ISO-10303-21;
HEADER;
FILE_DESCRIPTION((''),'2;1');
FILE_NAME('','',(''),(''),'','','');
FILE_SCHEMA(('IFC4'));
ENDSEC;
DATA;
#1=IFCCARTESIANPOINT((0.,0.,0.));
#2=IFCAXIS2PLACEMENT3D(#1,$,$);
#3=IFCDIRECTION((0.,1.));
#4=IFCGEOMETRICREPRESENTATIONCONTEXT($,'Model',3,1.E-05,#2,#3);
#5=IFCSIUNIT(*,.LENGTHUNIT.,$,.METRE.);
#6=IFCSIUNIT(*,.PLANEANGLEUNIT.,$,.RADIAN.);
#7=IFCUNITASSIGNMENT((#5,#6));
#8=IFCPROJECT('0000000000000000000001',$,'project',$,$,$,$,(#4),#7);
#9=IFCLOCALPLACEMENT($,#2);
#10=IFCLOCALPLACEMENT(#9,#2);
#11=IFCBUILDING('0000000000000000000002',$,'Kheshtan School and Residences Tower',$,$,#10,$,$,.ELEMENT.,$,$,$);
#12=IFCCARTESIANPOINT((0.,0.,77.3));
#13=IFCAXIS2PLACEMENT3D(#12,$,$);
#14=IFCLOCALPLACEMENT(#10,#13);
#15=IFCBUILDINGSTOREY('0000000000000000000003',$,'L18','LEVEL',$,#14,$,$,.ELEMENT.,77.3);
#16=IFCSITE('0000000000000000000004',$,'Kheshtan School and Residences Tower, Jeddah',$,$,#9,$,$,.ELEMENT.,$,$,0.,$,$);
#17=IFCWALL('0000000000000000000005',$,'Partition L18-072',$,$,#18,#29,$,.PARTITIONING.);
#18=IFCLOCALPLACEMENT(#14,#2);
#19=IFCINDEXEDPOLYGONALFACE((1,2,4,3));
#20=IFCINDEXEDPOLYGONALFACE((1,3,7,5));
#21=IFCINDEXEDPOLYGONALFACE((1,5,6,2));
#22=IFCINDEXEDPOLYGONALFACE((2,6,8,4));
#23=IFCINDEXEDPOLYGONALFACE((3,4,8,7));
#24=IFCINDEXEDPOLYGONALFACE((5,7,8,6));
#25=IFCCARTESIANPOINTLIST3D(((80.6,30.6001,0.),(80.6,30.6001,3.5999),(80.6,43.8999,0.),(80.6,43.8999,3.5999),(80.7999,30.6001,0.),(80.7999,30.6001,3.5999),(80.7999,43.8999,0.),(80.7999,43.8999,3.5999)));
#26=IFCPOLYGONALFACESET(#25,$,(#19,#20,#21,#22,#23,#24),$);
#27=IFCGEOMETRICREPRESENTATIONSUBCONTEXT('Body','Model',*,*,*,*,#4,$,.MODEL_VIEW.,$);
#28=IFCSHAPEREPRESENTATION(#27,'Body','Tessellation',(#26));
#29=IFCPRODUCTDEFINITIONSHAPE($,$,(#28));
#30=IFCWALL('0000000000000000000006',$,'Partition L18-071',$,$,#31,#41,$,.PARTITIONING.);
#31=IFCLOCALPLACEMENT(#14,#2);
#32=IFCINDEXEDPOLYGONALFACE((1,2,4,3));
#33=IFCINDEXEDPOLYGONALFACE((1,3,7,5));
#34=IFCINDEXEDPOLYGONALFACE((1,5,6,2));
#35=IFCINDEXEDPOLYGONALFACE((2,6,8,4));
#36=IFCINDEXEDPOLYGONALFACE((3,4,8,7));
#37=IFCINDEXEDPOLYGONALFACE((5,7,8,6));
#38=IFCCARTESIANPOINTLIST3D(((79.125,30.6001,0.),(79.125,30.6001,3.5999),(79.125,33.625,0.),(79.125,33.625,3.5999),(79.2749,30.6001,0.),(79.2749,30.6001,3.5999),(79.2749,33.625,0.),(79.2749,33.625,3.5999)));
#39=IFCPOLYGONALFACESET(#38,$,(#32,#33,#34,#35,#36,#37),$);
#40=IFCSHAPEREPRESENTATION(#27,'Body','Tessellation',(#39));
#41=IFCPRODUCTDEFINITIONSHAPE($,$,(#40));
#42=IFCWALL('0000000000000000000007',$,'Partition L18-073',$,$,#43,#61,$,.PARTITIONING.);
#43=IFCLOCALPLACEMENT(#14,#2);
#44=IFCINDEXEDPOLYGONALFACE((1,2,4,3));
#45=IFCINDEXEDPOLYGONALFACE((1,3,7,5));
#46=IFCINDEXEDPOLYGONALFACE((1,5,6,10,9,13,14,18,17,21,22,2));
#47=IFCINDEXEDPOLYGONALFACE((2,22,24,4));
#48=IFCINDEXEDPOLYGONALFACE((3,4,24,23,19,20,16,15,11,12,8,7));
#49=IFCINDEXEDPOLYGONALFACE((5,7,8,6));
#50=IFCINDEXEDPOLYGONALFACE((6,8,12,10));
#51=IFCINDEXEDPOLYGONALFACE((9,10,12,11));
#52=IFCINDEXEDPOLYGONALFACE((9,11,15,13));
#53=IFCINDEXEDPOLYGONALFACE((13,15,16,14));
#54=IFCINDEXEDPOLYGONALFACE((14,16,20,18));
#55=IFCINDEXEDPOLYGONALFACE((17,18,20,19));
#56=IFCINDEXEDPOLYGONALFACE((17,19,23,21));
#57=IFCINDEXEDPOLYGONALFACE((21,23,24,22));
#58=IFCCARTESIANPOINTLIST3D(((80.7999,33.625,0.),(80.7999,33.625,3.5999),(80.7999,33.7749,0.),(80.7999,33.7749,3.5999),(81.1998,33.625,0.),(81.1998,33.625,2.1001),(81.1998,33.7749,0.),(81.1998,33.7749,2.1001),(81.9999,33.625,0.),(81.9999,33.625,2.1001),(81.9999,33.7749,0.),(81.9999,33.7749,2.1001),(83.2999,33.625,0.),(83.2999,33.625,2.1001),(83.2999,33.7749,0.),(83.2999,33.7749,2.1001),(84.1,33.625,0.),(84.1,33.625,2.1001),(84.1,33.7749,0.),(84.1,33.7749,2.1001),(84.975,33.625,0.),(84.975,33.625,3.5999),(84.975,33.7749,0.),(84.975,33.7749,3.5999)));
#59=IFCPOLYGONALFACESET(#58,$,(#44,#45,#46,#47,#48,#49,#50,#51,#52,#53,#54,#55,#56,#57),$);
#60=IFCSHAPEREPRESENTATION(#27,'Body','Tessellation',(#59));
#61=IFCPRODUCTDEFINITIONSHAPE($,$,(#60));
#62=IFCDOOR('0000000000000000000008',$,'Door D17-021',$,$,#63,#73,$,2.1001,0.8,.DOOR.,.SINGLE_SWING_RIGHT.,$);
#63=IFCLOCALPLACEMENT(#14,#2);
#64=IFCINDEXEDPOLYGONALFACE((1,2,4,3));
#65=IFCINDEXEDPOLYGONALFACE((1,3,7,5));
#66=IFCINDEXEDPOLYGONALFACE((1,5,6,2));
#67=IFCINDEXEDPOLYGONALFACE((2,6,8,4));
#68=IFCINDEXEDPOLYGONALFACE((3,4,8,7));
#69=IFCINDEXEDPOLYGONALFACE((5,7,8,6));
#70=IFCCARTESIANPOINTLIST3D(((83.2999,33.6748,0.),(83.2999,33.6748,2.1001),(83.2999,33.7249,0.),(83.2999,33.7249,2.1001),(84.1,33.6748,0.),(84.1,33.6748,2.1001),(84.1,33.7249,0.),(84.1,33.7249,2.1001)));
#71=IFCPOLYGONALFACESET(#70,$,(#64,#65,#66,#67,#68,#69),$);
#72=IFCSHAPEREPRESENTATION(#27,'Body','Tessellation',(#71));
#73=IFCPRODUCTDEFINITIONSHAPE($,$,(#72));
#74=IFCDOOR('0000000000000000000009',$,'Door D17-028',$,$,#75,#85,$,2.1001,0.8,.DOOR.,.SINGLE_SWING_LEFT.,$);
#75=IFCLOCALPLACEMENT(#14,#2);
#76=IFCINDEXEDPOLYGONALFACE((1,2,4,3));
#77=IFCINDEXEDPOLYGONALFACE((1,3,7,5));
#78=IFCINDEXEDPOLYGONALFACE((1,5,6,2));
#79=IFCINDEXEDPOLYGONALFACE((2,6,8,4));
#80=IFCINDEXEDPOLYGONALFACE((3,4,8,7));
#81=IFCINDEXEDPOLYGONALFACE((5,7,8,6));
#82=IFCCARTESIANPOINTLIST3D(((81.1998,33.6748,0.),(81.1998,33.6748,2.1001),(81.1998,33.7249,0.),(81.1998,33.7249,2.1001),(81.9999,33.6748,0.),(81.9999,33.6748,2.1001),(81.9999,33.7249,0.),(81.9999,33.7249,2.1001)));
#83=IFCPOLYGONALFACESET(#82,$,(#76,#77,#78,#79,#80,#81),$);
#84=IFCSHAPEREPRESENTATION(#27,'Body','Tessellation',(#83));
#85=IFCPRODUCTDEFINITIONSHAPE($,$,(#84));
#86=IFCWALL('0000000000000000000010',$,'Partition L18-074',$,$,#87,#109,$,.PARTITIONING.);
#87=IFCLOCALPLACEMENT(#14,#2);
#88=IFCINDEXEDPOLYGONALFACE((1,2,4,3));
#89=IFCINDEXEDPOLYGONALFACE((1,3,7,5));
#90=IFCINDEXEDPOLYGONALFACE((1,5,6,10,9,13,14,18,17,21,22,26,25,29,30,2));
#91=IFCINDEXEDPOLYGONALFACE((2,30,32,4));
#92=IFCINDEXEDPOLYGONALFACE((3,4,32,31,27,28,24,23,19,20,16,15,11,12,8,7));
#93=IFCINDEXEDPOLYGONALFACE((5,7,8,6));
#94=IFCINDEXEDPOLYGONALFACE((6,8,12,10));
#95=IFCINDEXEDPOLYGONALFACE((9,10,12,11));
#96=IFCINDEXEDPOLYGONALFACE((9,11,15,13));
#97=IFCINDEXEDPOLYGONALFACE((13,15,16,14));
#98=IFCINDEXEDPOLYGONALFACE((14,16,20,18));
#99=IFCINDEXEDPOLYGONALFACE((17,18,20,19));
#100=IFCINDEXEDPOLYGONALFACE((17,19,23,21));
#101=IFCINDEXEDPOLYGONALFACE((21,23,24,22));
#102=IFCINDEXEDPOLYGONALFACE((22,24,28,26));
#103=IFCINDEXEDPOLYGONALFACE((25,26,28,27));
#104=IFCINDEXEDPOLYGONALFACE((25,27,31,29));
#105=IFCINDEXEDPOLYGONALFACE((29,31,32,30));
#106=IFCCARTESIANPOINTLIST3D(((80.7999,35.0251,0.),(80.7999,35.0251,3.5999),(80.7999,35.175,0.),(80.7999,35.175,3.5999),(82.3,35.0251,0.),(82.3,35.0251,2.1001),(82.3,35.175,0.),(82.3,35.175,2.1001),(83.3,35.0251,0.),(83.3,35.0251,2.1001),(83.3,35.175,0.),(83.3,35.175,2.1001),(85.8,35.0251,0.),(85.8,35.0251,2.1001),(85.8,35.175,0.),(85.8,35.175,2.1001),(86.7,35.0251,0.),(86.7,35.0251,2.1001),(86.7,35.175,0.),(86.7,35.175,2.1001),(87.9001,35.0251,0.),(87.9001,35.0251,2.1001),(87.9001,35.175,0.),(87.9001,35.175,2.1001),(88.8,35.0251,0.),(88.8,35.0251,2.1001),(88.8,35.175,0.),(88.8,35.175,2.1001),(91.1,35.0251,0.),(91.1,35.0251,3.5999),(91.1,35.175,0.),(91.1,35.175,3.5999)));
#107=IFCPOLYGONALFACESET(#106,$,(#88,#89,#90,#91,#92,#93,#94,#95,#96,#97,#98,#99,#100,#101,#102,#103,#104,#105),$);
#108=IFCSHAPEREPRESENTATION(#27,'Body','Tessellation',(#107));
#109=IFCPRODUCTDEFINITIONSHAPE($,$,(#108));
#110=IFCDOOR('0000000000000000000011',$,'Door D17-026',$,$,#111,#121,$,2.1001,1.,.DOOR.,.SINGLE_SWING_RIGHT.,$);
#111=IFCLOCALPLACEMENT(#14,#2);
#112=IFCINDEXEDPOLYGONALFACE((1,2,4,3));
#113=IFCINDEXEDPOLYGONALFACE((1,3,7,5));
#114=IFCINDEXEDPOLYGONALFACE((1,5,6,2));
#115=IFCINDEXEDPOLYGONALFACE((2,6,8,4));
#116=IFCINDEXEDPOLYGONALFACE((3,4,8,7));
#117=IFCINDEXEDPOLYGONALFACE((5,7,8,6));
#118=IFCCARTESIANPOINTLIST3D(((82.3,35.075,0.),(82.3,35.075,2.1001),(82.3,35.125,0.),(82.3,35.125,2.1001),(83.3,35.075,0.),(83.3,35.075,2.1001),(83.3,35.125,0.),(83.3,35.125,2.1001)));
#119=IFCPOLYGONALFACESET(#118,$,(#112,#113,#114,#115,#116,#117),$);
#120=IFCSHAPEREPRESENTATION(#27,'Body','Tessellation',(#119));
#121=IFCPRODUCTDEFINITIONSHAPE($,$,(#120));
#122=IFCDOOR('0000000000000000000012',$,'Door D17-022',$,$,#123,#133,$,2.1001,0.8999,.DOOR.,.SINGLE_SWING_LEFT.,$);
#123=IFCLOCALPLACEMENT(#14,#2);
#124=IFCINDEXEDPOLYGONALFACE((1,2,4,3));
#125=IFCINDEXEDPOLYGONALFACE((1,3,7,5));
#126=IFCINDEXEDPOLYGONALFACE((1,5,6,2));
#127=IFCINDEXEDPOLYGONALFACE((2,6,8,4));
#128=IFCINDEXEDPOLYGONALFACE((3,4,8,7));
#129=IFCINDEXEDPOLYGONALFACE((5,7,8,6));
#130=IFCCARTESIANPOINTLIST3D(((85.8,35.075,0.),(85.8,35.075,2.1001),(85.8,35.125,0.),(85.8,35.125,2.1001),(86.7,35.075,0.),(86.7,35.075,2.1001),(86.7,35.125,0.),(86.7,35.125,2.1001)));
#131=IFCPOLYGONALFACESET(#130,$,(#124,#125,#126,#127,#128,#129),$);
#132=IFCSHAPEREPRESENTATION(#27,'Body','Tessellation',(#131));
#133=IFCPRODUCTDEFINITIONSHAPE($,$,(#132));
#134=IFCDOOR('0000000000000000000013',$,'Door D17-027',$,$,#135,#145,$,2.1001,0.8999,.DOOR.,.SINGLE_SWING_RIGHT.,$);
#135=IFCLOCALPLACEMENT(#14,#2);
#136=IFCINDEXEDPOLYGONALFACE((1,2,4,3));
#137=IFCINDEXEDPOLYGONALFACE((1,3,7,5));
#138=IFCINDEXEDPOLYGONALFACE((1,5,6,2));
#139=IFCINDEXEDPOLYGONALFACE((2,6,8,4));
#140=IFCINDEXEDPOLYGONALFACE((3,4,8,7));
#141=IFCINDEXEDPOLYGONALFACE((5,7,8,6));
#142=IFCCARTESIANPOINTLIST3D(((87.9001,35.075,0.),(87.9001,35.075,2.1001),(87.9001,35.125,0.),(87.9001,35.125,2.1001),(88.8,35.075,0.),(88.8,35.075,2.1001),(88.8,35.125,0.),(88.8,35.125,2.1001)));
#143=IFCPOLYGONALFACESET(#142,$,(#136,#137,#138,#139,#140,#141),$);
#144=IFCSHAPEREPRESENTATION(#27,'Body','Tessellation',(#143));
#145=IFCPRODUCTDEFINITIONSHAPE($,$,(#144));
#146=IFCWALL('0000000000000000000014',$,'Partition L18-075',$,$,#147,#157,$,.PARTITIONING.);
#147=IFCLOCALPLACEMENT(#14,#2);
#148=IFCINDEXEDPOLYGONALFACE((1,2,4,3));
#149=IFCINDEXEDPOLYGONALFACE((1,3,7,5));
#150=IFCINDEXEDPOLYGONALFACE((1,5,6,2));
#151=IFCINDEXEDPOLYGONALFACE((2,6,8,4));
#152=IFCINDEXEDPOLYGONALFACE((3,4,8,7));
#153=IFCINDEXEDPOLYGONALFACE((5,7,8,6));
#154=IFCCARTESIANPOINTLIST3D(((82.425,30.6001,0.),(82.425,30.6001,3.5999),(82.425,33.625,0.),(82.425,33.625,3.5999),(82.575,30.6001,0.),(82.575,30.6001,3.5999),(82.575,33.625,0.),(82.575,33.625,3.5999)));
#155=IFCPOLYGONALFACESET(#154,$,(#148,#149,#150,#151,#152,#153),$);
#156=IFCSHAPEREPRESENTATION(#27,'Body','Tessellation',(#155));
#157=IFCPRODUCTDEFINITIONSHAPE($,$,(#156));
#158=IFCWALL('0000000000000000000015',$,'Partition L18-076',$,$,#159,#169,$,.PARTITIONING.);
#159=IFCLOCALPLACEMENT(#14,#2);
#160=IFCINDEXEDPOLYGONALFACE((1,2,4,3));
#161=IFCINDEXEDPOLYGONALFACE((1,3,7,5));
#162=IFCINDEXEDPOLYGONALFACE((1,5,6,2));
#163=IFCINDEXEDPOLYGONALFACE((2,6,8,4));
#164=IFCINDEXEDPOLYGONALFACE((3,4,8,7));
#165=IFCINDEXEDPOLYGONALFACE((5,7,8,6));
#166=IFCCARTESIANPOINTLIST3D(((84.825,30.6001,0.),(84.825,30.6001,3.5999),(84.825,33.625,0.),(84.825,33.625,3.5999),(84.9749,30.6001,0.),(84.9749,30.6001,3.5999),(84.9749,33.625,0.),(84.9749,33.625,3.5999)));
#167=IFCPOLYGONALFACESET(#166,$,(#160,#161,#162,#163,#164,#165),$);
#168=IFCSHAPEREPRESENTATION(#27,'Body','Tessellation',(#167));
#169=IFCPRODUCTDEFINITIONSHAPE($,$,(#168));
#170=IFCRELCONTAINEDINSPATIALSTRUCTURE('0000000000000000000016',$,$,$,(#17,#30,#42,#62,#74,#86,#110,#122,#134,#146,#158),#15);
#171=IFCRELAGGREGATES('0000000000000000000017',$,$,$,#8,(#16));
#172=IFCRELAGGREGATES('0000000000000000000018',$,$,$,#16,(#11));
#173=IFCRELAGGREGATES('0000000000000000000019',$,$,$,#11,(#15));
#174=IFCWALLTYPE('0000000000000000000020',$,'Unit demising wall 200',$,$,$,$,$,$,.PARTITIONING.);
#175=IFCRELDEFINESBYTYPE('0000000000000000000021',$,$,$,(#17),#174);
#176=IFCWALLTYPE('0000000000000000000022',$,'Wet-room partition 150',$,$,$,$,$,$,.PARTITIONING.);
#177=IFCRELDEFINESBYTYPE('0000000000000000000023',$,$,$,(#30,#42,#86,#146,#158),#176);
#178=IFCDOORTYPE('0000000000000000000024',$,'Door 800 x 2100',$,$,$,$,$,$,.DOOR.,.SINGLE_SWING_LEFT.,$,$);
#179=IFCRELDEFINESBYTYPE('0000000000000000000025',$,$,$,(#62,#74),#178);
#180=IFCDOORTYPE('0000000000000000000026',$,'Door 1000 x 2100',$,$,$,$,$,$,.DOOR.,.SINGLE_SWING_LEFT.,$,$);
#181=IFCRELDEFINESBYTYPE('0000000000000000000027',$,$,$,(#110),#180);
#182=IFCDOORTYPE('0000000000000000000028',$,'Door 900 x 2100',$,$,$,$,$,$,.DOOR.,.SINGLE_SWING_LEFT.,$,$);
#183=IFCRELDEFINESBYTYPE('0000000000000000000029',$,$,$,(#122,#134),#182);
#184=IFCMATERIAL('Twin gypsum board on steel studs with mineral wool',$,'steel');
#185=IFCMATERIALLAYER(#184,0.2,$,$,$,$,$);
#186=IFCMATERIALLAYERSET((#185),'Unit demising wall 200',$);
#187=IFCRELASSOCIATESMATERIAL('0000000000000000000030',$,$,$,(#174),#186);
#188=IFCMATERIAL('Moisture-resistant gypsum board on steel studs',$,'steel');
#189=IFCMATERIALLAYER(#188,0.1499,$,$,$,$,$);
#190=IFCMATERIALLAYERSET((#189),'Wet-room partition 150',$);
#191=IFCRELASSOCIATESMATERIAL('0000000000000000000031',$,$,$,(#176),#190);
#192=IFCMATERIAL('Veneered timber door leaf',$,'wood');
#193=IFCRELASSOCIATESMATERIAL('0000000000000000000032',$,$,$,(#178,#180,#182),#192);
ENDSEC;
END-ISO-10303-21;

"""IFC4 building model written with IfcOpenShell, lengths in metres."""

from ifc_helpers import new_model, si_unit, direction, frame, frame_2d, origin, place, context, subcontext, project, spatial, rectangle, extrude, source, transform, mapped, material, layer, layer_set, type_object, element, fill, save


model = new_model("IFC4")

# Units and contexts
model_context = context("Model", 3, precision=1e-05, world=origin(), true_north=direction((0.0, 1.0)))
body_context = subcontext(model_context, "Body", "Model", "MODEL_VIEW")
ifc_project = project(units=[si_unit("LENGTHUNIT", "METRE"), si_unit("PLANEANGLEUNIT", "RADIAN")], contexts=[model_context])

# Site, building, storey
site_placement = place(None, origin())
site = spatial("IfcSite", under=ifc_project, at=site_placement, Name="Kheshtan School and Residences Tower, Jeddah", CompositionType="ELEMENT", RefElevation=0.0)
building_placement = place(site_placement, origin())
building = spatial("IfcBuilding", under=site, at=building_placement, Name="Kheshtan School and Residences Tower", CompositionType="ELEMENT")
storey_placement = place(building_placement, frame((0.0, 0.0, 77.3)))
storey = spatial("IfcBuildingStorey", under=building, at=storey_placement, Name="L18", Description="LEVEL", CompositionType="ELEMENT", Elevation=77.3)

# Walls
ifc_material_1 = material(Name="Twin gypsum board on steel studs with mineral wool", Category="steel")
ifc_layer_1 = layer(ifc_material_1, 0.2)
ifc_layer_set_1 = layer_set([ifc_layer_1], Name="Unit demising wall 200")
wall_type_1 = type_object("IfcWallType", Name="Unit demising wall 200", PredefinedType="PARTITIONING", material=ifc_layer_set_1)
wall_1_placement = place(storey_placement, frame((80.7, 30.6001, 0.0), z_axis=(0.0, 0.0, 1.0), x_axis=(0.0, 1.0, 0.0)))
element("IfcWall", 1, at=wall_1_placement, inside=storey, type_object=wall_type_1, Name="Partition L18-072", PredefinedType="PARTITIONING", context=body_context, shape_type="SweptSolid", body=[
    extrude(rectangle(XDim=13.2998, YDim=0.2, at=frame_2d((6.6499, 0.0))), origin(), (0.0, 0.0, 1.0), 3.5999),
])
ifc_material_2 = material(Name="Moisture-resistant gypsum board on steel studs", Category="steel")
ifc_layer_2 = layer(ifc_material_2, 0.1499)
ifc_layer_set_2 = layer_set([ifc_layer_2], Name="Wet-room partition 150")
wall_type_2 = type_object("IfcWallType", Name="Wet-room partition 150", PredefinedType="PARTITIONING", material=ifc_layer_set_2)
wall_2_placement = place(storey_placement, frame((79.2, 30.6001, 0.0), z_axis=(0.0, 0.0, 1.0), x_axis=(0.0, 1.0, 0.0)))
element("IfcWall", 2, at=wall_2_placement, inside=storey, type_object=wall_type_2, Name="Partition L18-071", PredefinedType="PARTITIONING", context=body_context, shape_type="SweptSolid", body=[
    extrude(rectangle(XDim=3.0249, YDim=0.1499, at=frame_2d((1.5125, 0.0))), origin(), (0.0, 0.0, 1.0), 3.5999),
])

# Walls, openings, doors
wall_3_placement = place(storey_placement, frame((80.8, 33.7, 0.0), z_axis=(0.0, 0.0, 1.0), x_axis=(1.0, 0.0, 0.0)))
wall_3 = element("IfcWall", 3, at=wall_3_placement, inside=storey, type_object=wall_type_2, Name="Partition L18-073", PredefinedType="PARTITIONING", context=body_context, shape_type="SweptSolid", body=[
    extrude(rectangle(XDim=4.175, YDim=0.1499, at=frame_2d((2.0874, 0.0))), origin(), (0.0, 0.0, 1.0), 3.5999),
])
opening_1_placement = place(wall_3_placement, frame((2.5, 0.0, 0.0)))
opening_1 = element("IfcOpeningElement", 4, at=opening_1_placement, cuts=wall_3, PredefinedType="OPENING", context=body_context, shape_type="SweptSolid", body=[
    extrude(rectangle(XDim=0.8, YDim=2.1001, at=frame_2d((0.3999, 1.05))), frame((0.0, 0.085, 0.0), z_axis=(0.0, -1.0, 0.0), x_axis=(1.0, 0.0, 0.0)), (0.0, 0.0, 1.0), 0.1699),
])
opening_2_placement = place(wall_3_placement, frame((0.3999, 0.0, 0.0)))
opening_2 = element("IfcOpeningElement", 5, at=opening_2_placement, cuts=wall_3, PredefinedType="OPENING", context=body_context, shape_type="SweptSolid", body=[
    extrude(rectangle(XDim=0.8, YDim=2.1001, at=frame_2d((0.3999, 1.05))), frame((0.0, 0.085, 0.0), z_axis=(0.0, -1.0, 0.0), x_axis=(1.0, 0.0, 0.0)), (0.0, 0.0, 1.0), 0.1699),
])
ifc_material_3 = material(Name="Veneered timber door leaf", Category="wood")
door_type_1 = type_object("IfcDoorType", Name="Door 800 x 2100", OperationType="SINGLE_SWING_LEFT", PredefinedType="DOOR", material=ifc_material_3)
shared_shape_1 = source(origin(), body_context, "Body", "SweptSolid", [
    extrude(rectangle(XDim=0.8, YDim=2.1001, at=frame_2d((0.3999, 1.05))), frame((0.0, 0.0249, 0.0), z_axis=(0.0, -1.0, 0.0), x_axis=(1.0, 0.0, 0.0)), (0.0, 0.0, 1.0), 0.05),
])
door_1_placement = place(opening_1_placement, origin())
door_1 = element("IfcDoor", 6, at=door_1_placement, inside=storey, type_object=door_type_1, Name="Door D17-021", OperationType="SINGLE_SWING_RIGHT", OverallHeight=2.1001, OverallWidth=0.8, PredefinedType="DOOR", context=body_context, shape_type="MappedRepresentation", body=[
    mapped(shared_shape_1, transform((0.0, 0.0, 0.0), x_axis=(1.0, 0.0, 0.0), y_axis=(0.0, 1.0, 0.0), z_axis=(0.0, 0.0, 1.0), scale=1.0)),
])
fill(opening_1, door_1)
door_2_placement = place(opening_2_placement, origin())
door_2 = element("IfcDoor", 7, at=door_2_placement, inside=storey, type_object=door_type_1, Name="Door D17-028", OperationType="SINGLE_SWING_LEFT", OverallHeight=2.1001, OverallWidth=0.8, PredefinedType="DOOR", context=body_context, shape_type="MappedRepresentation", body=[
    mapped(shared_shape_1, transform((0.0, 0.0, 0.0), x_axis=(1.0, 0.0, 0.0), y_axis=(0.0, 1.0, 0.0), z_axis=(0.0, 0.0, 1.0), scale=1.0)),
])
fill(opening_2, door_2)
wall_4_placement = place(storey_placement, frame((80.8, 35.1001, 0.0), z_axis=(0.0, 0.0, 1.0), x_axis=(1.0, 0.0, 0.0)))
wall_4 = element("IfcWall", 8, at=wall_4_placement, inside=storey, type_object=wall_type_2, Name="Partition L18-074", PredefinedType="PARTITIONING", context=body_context, shape_type="SweptSolid", body=[
    extrude(rectangle(XDim=10.3, YDim=0.1499, at=frame_2d((5.1499, 0.0))), origin(), (0.0, 0.0, 1.0), 3.5999),
])
opening_3_placement = place(wall_4_placement, frame((5.0, 0.0, 0.0)))
opening_3 = element("IfcOpeningElement", 9, at=opening_3_placement, cuts=wall_4, PredefinedType="OPENING", context=body_context, shape_type="SweptSolid", body=[
    extrude(rectangle(XDim=0.8999, YDim=2.1001, at=frame_2d((0.45, 1.05))), frame((0.0, 0.085, 0.0), z_axis=(0.0, -1.0, 0.0), x_axis=(1.0, 0.0, 0.0)), (0.0, 0.0, 1.0), 0.1699),
])
opening_4_placement = place(wall_4_placement, frame((1.5, 0.0, 0.0)))
opening_4 = element("IfcOpeningElement", 10, at=opening_4_placement, cuts=wall_4, PredefinedType="OPENING", context=body_context, shape_type="SweptSolid", body=[
    extrude(rectangle(XDim=1.0, YDim=2.1001, at=frame_2d((0.5, 1.05))), frame((0.0, 0.085, 0.0), z_axis=(0.0, -1.0, 0.0), x_axis=(1.0, 0.0, 0.0)), (0.0, 0.0, 1.0), 0.1699),
])
opening_5_placement = place(wall_4_placement, frame((7.1001, 0.0, 0.0)))
opening_5 = element("IfcOpeningElement", 11, at=opening_5_placement, cuts=wall_4, PredefinedType="OPENING", context=body_context, shape_type="SweptSolid", body=[
    extrude(rectangle(XDim=0.8999, YDim=2.1001, at=frame_2d((0.45, 1.05))), frame((0.0, 0.085, 0.0), z_axis=(0.0, -1.0, 0.0), x_axis=(1.0, 0.0, 0.0)), (0.0, 0.0, 1.0), 0.1699),
])
door_type_2 = type_object("IfcDoorType", Name="Door 1000 x 2100", OperationType="SINGLE_SWING_LEFT", PredefinedType="DOOR", material=ifc_material_3)
shared_shape_2 = source(origin(), body_context, "Body", "SweptSolid", [
    extrude(rectangle(XDim=1.0, YDim=2.1001, at=frame_2d((0.5, 1.05))), frame((0.0, 0.0249, 0.0), z_axis=(0.0, -1.0, 0.0), x_axis=(1.0, 0.0, 0.0)), (0.0, 0.0, 1.0), 0.05),
])
door_3_placement = place(opening_4_placement, origin())
door_3 = element("IfcDoor", 12, at=door_3_placement, inside=storey, type_object=door_type_2, Name="Door D17-026", OperationType="SINGLE_SWING_RIGHT", OverallHeight=2.1001, OverallWidth=1.0, PredefinedType="DOOR", context=body_context, shape_type="MappedRepresentation", body=[
    mapped(shared_shape_2, transform((0.0, 0.0, 0.0), x_axis=(1.0, 0.0, 0.0), y_axis=(0.0, 1.0, 0.0), z_axis=(0.0, 0.0, 1.0), scale=1.0)),
])
fill(opening_4, door_3)
door_type_3 = type_object("IfcDoorType", Name="Door 900 x 2100", OperationType="SINGLE_SWING_LEFT", PredefinedType="DOOR", material=ifc_material_3)
shared_shape_3 = source(origin(), body_context, "Body", "SweptSolid", [
    extrude(rectangle(XDim=0.8999, YDim=2.1001, at=frame_2d((0.45, 1.05))), frame((0.0, 0.0249, 0.0), z_axis=(0.0, -1.0, 0.0), x_axis=(1.0, 0.0, 0.0)), (0.0, 0.0, 1.0), 0.05),
])
door_4_placement = place(opening_3_placement, origin())
door_4 = element("IfcDoor", 13, at=door_4_placement, inside=storey, type_object=door_type_3, Name="Door D17-022", OperationType="SINGLE_SWING_LEFT", OverallHeight=2.1001, OverallWidth=0.8999, PredefinedType="DOOR", context=body_context, shape_type="MappedRepresentation", body=[
    mapped(shared_shape_3, transform((0.0, 0.0, 0.0), x_axis=(1.0, 0.0, 0.0), y_axis=(0.0, 1.0, 0.0), z_axis=(0.0, 0.0, 1.0), scale=1.0)),
])
fill(opening_3, door_4)
door_5_placement = place(opening_5_placement, origin())
door_5 = element("IfcDoor", 14, at=door_5_placement, inside=storey, type_object=door_type_3, Name="Door D17-027", OperationType="SINGLE_SWING_RIGHT", OverallHeight=2.1001, OverallWidth=0.8999, PredefinedType="DOOR", context=body_context, shape_type="MappedRepresentation", body=[
    mapped(shared_shape_3, transform((0.0, 0.0, 0.0), x_axis=(1.0, 0.0, 0.0), y_axis=(0.0, 1.0, 0.0), z_axis=(0.0, 0.0, 1.0), scale=1.0)),
])
fill(opening_5, door_5)

# Walls
for number, where, z_axis, x_axis, name in (
    (15, (82.5, 30.6001, 0.0), (0.0, 0.0, 1.0), (0.0, 1.0, 0.0), "Partition L18-075"),
    (16, (84.8999, 30.6001, 0.0), (0.0, 0.0, 1.0), (0.0, 1.0, 0.0), "Partition L18-076"),
):
    element("IfcWall", number, at=place(storey_placement, frame(where, z_axis=z_axis, x_axis=x_axis)), inside=storey, type_object=wall_type_2, Name=name, PredefinedType="PARTITIONING", context=body_context, shape_type="SweptSolid", body=[
        extrude(rectangle(XDim=3.0249, YDim=0.1499, at=frame_2d((1.5125, 0.0))), origin(), (0.0, 0.0, 1.0), 3.5999),
    ])

save(model, "model.ifc")
